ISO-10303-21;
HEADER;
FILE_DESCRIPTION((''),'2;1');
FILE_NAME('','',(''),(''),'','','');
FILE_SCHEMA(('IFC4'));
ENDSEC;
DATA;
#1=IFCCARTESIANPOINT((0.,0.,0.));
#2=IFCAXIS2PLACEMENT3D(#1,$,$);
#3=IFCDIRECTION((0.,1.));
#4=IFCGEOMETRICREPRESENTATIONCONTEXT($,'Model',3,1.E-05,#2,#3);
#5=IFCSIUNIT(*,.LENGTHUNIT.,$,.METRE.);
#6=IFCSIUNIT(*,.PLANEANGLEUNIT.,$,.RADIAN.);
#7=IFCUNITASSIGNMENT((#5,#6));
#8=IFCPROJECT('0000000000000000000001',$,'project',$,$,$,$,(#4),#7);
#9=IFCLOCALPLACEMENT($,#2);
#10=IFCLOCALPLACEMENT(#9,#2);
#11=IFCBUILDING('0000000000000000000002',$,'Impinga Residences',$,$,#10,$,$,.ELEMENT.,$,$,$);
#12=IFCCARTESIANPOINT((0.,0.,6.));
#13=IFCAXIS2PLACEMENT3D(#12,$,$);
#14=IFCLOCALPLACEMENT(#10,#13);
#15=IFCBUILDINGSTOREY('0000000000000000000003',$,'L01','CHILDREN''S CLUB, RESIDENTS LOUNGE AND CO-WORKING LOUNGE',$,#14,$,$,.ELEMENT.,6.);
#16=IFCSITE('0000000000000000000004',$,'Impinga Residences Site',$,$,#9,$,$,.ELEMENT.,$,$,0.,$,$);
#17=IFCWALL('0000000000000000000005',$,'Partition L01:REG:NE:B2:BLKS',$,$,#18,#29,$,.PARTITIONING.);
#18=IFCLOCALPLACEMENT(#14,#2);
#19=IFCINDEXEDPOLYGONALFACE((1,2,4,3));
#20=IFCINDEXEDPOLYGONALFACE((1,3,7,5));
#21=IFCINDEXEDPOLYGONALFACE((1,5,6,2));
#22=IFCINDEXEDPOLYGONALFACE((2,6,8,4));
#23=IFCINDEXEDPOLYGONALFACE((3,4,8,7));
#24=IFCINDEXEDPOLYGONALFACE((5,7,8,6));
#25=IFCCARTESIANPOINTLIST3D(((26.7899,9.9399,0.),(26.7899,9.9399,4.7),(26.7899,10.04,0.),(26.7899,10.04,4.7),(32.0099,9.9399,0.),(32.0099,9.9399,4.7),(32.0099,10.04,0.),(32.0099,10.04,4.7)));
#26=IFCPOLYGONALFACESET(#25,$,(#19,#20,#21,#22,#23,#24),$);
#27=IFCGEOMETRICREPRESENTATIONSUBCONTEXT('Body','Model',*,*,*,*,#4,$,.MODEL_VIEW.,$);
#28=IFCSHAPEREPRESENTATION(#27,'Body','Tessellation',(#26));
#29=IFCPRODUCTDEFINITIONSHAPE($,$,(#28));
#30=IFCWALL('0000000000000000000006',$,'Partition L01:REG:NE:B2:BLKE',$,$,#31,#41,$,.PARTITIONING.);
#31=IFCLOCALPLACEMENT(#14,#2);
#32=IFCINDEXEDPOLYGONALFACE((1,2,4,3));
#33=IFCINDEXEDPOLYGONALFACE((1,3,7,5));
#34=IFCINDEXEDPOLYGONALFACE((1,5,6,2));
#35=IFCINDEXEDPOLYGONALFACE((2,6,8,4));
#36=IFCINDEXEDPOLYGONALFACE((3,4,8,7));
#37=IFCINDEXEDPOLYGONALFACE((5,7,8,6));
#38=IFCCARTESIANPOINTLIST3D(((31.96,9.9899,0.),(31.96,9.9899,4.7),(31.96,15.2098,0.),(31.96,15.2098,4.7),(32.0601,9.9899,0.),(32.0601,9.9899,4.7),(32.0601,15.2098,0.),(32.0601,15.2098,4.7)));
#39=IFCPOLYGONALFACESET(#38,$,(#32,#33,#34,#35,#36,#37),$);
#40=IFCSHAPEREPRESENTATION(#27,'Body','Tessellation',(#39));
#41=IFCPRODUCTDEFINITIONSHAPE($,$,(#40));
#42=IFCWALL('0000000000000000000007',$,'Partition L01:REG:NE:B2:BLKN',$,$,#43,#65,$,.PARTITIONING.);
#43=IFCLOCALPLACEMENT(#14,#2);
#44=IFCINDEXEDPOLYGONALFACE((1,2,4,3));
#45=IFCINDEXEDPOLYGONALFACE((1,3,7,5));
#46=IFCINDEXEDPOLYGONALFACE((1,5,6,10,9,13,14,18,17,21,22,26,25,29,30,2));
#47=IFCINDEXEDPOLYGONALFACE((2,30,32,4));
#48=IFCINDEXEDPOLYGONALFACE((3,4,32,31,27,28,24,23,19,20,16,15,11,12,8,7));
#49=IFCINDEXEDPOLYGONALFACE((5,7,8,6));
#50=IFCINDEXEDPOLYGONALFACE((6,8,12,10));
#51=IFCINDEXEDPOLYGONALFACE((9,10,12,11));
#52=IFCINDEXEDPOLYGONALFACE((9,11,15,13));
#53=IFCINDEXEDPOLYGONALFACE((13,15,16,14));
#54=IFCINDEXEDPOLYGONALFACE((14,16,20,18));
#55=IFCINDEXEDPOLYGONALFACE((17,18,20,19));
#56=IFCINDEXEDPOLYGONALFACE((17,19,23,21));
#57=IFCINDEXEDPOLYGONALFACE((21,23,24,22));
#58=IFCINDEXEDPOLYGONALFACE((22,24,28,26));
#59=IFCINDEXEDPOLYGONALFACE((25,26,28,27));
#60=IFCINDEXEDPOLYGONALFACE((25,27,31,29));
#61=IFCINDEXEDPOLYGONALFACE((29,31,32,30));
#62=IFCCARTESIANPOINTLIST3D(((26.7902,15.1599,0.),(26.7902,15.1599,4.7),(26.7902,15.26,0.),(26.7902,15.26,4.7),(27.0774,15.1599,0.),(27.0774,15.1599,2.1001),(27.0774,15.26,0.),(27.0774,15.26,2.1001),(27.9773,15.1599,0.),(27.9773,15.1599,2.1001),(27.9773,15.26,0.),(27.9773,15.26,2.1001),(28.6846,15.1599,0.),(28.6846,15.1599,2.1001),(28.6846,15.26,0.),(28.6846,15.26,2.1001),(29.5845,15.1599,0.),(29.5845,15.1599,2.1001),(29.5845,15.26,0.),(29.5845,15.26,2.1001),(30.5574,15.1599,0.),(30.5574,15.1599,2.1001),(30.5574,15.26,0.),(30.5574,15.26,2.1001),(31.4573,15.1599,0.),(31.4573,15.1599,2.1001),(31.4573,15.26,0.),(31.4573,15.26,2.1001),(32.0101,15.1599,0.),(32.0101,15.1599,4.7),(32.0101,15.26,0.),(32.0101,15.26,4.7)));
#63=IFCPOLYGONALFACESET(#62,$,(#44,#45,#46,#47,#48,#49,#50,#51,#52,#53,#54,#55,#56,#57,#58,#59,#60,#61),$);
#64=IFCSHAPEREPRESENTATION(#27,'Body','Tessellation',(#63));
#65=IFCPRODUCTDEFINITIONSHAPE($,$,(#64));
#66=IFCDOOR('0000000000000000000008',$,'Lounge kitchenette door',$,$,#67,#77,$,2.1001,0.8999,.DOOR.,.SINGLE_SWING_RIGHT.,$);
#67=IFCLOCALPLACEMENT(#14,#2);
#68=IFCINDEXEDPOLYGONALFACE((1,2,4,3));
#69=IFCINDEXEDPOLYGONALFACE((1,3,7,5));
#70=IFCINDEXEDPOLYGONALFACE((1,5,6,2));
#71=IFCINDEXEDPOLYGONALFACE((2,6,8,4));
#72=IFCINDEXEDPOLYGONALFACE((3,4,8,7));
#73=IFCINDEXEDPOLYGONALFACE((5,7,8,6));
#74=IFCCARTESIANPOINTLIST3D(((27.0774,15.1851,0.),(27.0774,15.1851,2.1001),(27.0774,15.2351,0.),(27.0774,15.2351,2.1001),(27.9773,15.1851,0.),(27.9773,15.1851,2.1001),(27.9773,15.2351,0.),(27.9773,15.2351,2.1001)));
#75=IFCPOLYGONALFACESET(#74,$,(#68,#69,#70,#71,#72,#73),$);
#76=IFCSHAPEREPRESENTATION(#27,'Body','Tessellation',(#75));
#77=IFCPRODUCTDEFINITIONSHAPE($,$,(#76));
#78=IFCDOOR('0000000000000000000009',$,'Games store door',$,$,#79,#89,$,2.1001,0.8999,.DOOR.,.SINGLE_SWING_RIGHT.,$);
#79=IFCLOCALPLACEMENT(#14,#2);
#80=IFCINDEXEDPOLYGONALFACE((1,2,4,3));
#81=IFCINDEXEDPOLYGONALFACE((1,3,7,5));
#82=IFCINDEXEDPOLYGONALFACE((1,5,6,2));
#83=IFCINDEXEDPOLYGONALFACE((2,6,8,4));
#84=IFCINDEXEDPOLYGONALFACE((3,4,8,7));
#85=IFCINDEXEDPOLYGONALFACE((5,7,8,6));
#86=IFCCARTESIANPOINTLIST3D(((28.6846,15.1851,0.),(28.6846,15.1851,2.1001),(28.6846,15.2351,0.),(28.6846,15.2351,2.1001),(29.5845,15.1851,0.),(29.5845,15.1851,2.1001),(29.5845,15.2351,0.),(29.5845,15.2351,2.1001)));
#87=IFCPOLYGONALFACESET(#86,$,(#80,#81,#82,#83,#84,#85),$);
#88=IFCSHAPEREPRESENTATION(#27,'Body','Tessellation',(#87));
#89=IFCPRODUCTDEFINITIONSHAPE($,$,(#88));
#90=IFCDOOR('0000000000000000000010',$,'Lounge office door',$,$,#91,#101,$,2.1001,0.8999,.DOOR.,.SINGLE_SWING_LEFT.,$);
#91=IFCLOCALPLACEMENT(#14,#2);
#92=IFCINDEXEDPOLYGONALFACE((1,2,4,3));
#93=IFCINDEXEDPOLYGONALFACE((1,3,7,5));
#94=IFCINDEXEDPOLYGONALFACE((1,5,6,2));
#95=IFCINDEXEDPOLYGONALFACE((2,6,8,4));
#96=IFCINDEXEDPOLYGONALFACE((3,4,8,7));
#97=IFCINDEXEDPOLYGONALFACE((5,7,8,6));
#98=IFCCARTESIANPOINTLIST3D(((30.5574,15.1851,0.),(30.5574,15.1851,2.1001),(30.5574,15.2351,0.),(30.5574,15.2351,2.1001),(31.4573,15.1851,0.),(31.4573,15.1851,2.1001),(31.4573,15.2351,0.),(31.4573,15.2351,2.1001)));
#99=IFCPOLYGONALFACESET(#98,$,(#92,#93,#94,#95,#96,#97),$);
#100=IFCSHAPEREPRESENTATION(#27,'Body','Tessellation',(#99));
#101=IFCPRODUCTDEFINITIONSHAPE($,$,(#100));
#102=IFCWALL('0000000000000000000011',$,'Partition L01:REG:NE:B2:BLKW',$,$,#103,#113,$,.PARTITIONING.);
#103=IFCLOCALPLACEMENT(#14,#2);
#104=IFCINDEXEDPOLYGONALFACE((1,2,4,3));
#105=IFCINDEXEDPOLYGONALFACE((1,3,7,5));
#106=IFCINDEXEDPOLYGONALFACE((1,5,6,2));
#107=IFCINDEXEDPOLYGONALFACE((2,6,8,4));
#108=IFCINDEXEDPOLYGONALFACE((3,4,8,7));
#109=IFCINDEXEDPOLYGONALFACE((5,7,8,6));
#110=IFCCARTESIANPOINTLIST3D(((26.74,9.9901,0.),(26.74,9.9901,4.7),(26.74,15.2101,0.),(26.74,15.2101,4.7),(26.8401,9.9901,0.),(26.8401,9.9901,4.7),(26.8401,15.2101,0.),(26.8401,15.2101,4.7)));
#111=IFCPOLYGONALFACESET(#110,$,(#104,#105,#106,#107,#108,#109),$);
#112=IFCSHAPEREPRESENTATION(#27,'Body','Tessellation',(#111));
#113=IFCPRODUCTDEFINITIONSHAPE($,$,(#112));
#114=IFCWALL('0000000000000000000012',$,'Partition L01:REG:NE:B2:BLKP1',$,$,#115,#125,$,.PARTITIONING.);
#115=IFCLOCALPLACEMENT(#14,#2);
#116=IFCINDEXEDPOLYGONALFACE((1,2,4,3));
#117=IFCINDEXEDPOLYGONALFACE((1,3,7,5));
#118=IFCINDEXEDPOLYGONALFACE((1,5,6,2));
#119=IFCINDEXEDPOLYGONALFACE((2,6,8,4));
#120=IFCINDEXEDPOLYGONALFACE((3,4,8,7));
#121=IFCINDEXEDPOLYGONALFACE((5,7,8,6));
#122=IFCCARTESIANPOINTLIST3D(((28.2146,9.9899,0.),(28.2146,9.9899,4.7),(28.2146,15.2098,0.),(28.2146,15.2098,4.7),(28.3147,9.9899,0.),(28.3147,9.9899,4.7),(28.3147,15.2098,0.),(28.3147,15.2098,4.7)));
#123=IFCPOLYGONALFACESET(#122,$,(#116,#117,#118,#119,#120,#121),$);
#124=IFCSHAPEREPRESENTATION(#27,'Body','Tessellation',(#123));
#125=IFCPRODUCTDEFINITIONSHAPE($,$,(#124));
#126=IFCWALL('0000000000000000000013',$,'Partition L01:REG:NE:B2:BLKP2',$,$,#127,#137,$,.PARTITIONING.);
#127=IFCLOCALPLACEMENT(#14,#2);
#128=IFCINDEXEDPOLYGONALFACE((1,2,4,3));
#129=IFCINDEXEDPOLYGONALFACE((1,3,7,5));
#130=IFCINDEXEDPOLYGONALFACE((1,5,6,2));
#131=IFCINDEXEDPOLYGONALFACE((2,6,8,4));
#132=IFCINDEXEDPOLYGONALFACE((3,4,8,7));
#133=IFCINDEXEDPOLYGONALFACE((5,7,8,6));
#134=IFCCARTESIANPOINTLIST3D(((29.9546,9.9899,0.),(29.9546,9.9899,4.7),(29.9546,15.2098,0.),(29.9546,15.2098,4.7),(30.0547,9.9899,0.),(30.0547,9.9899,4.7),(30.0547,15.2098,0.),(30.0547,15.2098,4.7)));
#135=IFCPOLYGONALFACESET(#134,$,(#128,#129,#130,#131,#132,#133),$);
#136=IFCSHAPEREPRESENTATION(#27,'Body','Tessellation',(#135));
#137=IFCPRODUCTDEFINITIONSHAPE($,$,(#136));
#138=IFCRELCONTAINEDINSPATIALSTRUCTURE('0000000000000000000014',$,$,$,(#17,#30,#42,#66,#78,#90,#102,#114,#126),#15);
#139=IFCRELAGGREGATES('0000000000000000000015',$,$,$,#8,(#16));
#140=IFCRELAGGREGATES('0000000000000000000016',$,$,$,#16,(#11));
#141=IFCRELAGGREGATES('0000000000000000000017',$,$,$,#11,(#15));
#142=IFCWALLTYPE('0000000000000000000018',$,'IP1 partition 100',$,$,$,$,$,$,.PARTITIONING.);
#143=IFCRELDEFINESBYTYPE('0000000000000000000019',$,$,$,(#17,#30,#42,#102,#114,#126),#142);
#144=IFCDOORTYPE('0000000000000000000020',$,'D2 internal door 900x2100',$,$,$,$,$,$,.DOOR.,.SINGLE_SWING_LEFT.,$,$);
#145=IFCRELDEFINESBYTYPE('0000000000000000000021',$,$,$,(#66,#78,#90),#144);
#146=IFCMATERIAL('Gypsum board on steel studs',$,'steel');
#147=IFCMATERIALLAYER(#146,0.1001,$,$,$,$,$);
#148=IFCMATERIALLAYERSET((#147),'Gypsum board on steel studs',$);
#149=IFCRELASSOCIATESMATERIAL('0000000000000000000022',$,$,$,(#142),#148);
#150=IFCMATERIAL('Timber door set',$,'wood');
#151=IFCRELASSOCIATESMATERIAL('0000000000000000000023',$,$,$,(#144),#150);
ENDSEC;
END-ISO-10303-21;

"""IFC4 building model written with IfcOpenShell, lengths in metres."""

from ifc_helpers import new_model, si_unit, direction, frame, frame_2d, origin, place, context, subcontext, project, spatial, rectangle, extrude, material, layer, layer_set, type_object, element, fill, save


model = new_model("IFC4")

# Units and contexts
model_context = context("Model", 3, precision=1e-05, world=origin(), true_north=direction((0.0, 1.0)))
body_context = subcontext(model_context, "Body", "Model", "MODEL_VIEW")
ifc_project = project(units=[si_unit("LENGTHUNIT", "METRE"), si_unit("PLANEANGLEUNIT", "RADIAN")], contexts=[model_context])

# Site, building, storey
site_placement = place(None, origin())
site = spatial("IfcSite", under=ifc_project, at=site_placement, Name="Impinga Residences Site", CompositionType="ELEMENT", RefElevation=0.0)
building_placement = place(site_placement, origin())
building = spatial("IfcBuilding", under=site, at=building_placement, Name="Impinga Residences", CompositionType="ELEMENT")
storey_placement = place(building_placement, frame((0.0, 0.0, 6.0)))
storey = spatial("IfcBuildingStorey", under=building, at=storey_placement, Name="L01", Description="CHILDREN'S CLUB, RESIDENTS LOUNGE AND CO-WORKING LOUNGE", CompositionType="ELEMENT", Elevation=6.0)

# Shared definitions
ifc_material_1 = material(Name="Gypsum board on steel studs", Category="steel")
ifc_layer = layer(ifc_material_1, 0.1001)
ifc_layer_set = layer_set([ifc_layer], Name="Gypsum board on steel studs")
wall_type = type_object("IfcWallType", Name="IP1 partition 100", PredefinedType="PARTITIONING", material=ifc_layer_set)
ifc_material_2 = material(Name="Timber door set", Category="wood")
door_type = type_object("IfcDoorType", Name="D2 internal door 900x2100", OperationType="SINGLE_SWING_LEFT", PredefinedType="DOOR", material=ifc_material_2)

# Walls
for number, where, z_axis, x_axis, name in (
    (1, (26.79, 9.99, 0.0), (0.0, 0.0, 1.0), (1.0, 0.0, 0.0), "Partition L01:REG:NE:B2:BLKS"),
    (2, (32.01, 9.99, 0.0), (0.0, 0.0, 1.0), (0.0, 1.0, 0.0), "Partition L01:REG:NE:B2:BLKE"),
):
    element("IfcWall", number, at=place(storey_placement, frame(where, z_axis=z_axis, x_axis=x_axis)), inside=storey, type_object=wall_type, Name=name, PredefinedType="PARTITIONING", context=body_context, shape_type="SweptSolid", body=[
        extrude(rectangle(XDim=5.22, YDim=0.1001, at=frame_2d((2.6099, 0.0))), origin(), (0.0, 0.0, 1.0), 4.7),
    ])

# Wall, openings, doors
wall_1_placement = place(storey_placement, frame((32.01, 15.21, 0.0), z_axis=(0.0, 0.0, 1.0), x_axis=(-1.0, 0.0, 0.0)))
wall_1 = element("IfcWall", 3, at=wall_1_placement, inside=storey, type_object=wall_type, Name="Partition L01:REG:NE:B2:BLKN", PredefinedType="PARTITIONING", context=body_context, shape_type="SweptSolid", body=[
    extrude(rectangle(XDim=5.22, YDim=0.1001, at=frame_2d((2.6099, 0.0))), origin(), (0.0, 0.0, 1.0), 4.7),
])
opening_1_placement = place(wall_1_placement, frame((4.0327, 0.0, 0.0)))
opening_1 = element("IfcOpeningElement", 4, at=opening_1_placement, cuts=wall_1, PredefinedType="OPENING", context=body_context, shape_type="SweptSolid", body=[
    extrude(rectangle(XDim=0.8999, YDim=2.1001, at=frame_2d((0.45, 1.05))), frame((0.0, 0.0601, 0.0), z_axis=(0.0, -1.0, 0.0), x_axis=(1.0, 0.0, 0.0)), (0.0, 0.0, 1.0), 0.1201),
])
opening_2_placement = place(wall_1_placement, frame((2.4255, 0.0, 0.0)))
opening_2 = element("IfcOpeningElement", 5, at=opening_2_placement, cuts=wall_1, PredefinedType="OPENING", context=body_context, shape_type="SweptSolid", body=[
    extrude(rectangle(XDim=0.8999, YDim=2.1001, at=frame_2d((0.45, 1.05))), frame((0.0, 0.0601, 0.0), z_axis=(0.0, -1.0, 0.0), x_axis=(1.0, 0.0, 0.0)), (0.0, 0.0, 1.0), 0.1201),
])
opening_3_placement = place(wall_1_placement, frame((0.5527, 0.0, 0.0)))
opening_3 = element("IfcOpeningElement", 6, at=opening_3_placement, cuts=wall_1, PredefinedType="OPENING", context=body_context, shape_type="SweptSolid", body=[
    extrude(rectangle(XDim=0.8999, YDim=2.1001, at=frame_2d((0.45, 1.05))), frame((0.0, 0.0601, 0.0), z_axis=(0.0, -1.0, 0.0), x_axis=(1.0, 0.0, 0.0)), (0.0, 0.0, 1.0), 0.1201),
])
door_1_placement = place(opening_1_placement, origin())
door_1 = element("IfcDoor", 7, at=door_1_placement, inside=storey, type_object=door_type, Name="Lounge kitchenette door", OperationType="SINGLE_SWING_RIGHT", OverallHeight=2.1001, OverallWidth=0.8999, PredefinedType="DOOR", context=body_context, shape_type="SweptSolid", body=[
    extrude(rectangle(XDim=0.8999, YDim=2.1001, at=frame_2d((0.45, 1.05))), frame((0.0, 0.0249, 0.0), z_axis=(0.0, -1.0, 0.0), x_axis=(1.0, 0.0, 0.0)), (0.0, 0.0, 1.0), 0.05),
])
fill(opening_1, door_1)
door_2_placement = place(opening_2_placement, origin())
door_2 = element("IfcDoor", 8, at=door_2_placement, inside=storey, type_object=door_type, Name="Games store door", OperationType="SINGLE_SWING_RIGHT", OverallHeight=2.1001, OverallWidth=0.8999, PredefinedType="DOOR", context=body_context, shape_type="SweptSolid", body=[
    extrude(rectangle(XDim=0.8999, YDim=2.1001, at=frame_2d((0.45, 1.05))), frame((0.0, 0.0249, 0.0), z_axis=(0.0, -1.0, 0.0), x_axis=(1.0, 0.0, 0.0)), (0.0, 0.0, 1.0), 0.05),
])
fill(opening_2, door_2)
door_3_placement = place(opening_3_placement, origin())
door_3 = element("IfcDoor", 9, at=door_3_placement, inside=storey, type_object=door_type, Name="Lounge office door", OperationType="SINGLE_SWING_LEFT", OverallHeight=2.1001, OverallWidth=0.8999, PredefinedType="DOOR", context=body_context, shape_type="SweptSolid", body=[
    extrude(rectangle(XDim=0.8999, YDim=2.1001, at=frame_2d((0.45, 1.05))), frame((0.0, 0.0249, 0.0), z_axis=(0.0, -1.0, 0.0), x_axis=(1.0, 0.0, 0.0)), (0.0, 0.0, 1.0), 0.05),
])
fill(opening_3, door_3)

# Walls
for number, where, z_axis, x_axis, name in (
    (10, (26.79, 15.21, 0.0), (0.0, 0.0, 1.0), (0.0, -1.0, 0.0), "Partition L01:REG:NE:B2:BLKW"),
    (11, (28.2646, 9.99, 0.0), (0.0, 0.0, 1.0), (0.0, 1.0, 0.0), "Partition L01:REG:NE:B2:BLKP1"),
    (12, (30.0046, 9.99, 0.0), (0.0, 0.0, 1.0), (0.0, 1.0, 0.0), "Partition L01:REG:NE:B2:BLKP2"),
):
    element("IfcWall", number, at=place(storey_placement, frame(where, z_axis=z_axis, x_axis=x_axis)), inside=storey, type_object=wall_type, Name=name, PredefinedType="PARTITIONING", context=body_context, shape_type="SweptSolid", body=[
        extrude(rectangle(XDim=5.22, YDim=0.1001, at=frame_2d((2.6099, 0.0))), origin(), (0.0, 0.0, 1.0), 4.7),
    ])

save(model, "model.ifc")
